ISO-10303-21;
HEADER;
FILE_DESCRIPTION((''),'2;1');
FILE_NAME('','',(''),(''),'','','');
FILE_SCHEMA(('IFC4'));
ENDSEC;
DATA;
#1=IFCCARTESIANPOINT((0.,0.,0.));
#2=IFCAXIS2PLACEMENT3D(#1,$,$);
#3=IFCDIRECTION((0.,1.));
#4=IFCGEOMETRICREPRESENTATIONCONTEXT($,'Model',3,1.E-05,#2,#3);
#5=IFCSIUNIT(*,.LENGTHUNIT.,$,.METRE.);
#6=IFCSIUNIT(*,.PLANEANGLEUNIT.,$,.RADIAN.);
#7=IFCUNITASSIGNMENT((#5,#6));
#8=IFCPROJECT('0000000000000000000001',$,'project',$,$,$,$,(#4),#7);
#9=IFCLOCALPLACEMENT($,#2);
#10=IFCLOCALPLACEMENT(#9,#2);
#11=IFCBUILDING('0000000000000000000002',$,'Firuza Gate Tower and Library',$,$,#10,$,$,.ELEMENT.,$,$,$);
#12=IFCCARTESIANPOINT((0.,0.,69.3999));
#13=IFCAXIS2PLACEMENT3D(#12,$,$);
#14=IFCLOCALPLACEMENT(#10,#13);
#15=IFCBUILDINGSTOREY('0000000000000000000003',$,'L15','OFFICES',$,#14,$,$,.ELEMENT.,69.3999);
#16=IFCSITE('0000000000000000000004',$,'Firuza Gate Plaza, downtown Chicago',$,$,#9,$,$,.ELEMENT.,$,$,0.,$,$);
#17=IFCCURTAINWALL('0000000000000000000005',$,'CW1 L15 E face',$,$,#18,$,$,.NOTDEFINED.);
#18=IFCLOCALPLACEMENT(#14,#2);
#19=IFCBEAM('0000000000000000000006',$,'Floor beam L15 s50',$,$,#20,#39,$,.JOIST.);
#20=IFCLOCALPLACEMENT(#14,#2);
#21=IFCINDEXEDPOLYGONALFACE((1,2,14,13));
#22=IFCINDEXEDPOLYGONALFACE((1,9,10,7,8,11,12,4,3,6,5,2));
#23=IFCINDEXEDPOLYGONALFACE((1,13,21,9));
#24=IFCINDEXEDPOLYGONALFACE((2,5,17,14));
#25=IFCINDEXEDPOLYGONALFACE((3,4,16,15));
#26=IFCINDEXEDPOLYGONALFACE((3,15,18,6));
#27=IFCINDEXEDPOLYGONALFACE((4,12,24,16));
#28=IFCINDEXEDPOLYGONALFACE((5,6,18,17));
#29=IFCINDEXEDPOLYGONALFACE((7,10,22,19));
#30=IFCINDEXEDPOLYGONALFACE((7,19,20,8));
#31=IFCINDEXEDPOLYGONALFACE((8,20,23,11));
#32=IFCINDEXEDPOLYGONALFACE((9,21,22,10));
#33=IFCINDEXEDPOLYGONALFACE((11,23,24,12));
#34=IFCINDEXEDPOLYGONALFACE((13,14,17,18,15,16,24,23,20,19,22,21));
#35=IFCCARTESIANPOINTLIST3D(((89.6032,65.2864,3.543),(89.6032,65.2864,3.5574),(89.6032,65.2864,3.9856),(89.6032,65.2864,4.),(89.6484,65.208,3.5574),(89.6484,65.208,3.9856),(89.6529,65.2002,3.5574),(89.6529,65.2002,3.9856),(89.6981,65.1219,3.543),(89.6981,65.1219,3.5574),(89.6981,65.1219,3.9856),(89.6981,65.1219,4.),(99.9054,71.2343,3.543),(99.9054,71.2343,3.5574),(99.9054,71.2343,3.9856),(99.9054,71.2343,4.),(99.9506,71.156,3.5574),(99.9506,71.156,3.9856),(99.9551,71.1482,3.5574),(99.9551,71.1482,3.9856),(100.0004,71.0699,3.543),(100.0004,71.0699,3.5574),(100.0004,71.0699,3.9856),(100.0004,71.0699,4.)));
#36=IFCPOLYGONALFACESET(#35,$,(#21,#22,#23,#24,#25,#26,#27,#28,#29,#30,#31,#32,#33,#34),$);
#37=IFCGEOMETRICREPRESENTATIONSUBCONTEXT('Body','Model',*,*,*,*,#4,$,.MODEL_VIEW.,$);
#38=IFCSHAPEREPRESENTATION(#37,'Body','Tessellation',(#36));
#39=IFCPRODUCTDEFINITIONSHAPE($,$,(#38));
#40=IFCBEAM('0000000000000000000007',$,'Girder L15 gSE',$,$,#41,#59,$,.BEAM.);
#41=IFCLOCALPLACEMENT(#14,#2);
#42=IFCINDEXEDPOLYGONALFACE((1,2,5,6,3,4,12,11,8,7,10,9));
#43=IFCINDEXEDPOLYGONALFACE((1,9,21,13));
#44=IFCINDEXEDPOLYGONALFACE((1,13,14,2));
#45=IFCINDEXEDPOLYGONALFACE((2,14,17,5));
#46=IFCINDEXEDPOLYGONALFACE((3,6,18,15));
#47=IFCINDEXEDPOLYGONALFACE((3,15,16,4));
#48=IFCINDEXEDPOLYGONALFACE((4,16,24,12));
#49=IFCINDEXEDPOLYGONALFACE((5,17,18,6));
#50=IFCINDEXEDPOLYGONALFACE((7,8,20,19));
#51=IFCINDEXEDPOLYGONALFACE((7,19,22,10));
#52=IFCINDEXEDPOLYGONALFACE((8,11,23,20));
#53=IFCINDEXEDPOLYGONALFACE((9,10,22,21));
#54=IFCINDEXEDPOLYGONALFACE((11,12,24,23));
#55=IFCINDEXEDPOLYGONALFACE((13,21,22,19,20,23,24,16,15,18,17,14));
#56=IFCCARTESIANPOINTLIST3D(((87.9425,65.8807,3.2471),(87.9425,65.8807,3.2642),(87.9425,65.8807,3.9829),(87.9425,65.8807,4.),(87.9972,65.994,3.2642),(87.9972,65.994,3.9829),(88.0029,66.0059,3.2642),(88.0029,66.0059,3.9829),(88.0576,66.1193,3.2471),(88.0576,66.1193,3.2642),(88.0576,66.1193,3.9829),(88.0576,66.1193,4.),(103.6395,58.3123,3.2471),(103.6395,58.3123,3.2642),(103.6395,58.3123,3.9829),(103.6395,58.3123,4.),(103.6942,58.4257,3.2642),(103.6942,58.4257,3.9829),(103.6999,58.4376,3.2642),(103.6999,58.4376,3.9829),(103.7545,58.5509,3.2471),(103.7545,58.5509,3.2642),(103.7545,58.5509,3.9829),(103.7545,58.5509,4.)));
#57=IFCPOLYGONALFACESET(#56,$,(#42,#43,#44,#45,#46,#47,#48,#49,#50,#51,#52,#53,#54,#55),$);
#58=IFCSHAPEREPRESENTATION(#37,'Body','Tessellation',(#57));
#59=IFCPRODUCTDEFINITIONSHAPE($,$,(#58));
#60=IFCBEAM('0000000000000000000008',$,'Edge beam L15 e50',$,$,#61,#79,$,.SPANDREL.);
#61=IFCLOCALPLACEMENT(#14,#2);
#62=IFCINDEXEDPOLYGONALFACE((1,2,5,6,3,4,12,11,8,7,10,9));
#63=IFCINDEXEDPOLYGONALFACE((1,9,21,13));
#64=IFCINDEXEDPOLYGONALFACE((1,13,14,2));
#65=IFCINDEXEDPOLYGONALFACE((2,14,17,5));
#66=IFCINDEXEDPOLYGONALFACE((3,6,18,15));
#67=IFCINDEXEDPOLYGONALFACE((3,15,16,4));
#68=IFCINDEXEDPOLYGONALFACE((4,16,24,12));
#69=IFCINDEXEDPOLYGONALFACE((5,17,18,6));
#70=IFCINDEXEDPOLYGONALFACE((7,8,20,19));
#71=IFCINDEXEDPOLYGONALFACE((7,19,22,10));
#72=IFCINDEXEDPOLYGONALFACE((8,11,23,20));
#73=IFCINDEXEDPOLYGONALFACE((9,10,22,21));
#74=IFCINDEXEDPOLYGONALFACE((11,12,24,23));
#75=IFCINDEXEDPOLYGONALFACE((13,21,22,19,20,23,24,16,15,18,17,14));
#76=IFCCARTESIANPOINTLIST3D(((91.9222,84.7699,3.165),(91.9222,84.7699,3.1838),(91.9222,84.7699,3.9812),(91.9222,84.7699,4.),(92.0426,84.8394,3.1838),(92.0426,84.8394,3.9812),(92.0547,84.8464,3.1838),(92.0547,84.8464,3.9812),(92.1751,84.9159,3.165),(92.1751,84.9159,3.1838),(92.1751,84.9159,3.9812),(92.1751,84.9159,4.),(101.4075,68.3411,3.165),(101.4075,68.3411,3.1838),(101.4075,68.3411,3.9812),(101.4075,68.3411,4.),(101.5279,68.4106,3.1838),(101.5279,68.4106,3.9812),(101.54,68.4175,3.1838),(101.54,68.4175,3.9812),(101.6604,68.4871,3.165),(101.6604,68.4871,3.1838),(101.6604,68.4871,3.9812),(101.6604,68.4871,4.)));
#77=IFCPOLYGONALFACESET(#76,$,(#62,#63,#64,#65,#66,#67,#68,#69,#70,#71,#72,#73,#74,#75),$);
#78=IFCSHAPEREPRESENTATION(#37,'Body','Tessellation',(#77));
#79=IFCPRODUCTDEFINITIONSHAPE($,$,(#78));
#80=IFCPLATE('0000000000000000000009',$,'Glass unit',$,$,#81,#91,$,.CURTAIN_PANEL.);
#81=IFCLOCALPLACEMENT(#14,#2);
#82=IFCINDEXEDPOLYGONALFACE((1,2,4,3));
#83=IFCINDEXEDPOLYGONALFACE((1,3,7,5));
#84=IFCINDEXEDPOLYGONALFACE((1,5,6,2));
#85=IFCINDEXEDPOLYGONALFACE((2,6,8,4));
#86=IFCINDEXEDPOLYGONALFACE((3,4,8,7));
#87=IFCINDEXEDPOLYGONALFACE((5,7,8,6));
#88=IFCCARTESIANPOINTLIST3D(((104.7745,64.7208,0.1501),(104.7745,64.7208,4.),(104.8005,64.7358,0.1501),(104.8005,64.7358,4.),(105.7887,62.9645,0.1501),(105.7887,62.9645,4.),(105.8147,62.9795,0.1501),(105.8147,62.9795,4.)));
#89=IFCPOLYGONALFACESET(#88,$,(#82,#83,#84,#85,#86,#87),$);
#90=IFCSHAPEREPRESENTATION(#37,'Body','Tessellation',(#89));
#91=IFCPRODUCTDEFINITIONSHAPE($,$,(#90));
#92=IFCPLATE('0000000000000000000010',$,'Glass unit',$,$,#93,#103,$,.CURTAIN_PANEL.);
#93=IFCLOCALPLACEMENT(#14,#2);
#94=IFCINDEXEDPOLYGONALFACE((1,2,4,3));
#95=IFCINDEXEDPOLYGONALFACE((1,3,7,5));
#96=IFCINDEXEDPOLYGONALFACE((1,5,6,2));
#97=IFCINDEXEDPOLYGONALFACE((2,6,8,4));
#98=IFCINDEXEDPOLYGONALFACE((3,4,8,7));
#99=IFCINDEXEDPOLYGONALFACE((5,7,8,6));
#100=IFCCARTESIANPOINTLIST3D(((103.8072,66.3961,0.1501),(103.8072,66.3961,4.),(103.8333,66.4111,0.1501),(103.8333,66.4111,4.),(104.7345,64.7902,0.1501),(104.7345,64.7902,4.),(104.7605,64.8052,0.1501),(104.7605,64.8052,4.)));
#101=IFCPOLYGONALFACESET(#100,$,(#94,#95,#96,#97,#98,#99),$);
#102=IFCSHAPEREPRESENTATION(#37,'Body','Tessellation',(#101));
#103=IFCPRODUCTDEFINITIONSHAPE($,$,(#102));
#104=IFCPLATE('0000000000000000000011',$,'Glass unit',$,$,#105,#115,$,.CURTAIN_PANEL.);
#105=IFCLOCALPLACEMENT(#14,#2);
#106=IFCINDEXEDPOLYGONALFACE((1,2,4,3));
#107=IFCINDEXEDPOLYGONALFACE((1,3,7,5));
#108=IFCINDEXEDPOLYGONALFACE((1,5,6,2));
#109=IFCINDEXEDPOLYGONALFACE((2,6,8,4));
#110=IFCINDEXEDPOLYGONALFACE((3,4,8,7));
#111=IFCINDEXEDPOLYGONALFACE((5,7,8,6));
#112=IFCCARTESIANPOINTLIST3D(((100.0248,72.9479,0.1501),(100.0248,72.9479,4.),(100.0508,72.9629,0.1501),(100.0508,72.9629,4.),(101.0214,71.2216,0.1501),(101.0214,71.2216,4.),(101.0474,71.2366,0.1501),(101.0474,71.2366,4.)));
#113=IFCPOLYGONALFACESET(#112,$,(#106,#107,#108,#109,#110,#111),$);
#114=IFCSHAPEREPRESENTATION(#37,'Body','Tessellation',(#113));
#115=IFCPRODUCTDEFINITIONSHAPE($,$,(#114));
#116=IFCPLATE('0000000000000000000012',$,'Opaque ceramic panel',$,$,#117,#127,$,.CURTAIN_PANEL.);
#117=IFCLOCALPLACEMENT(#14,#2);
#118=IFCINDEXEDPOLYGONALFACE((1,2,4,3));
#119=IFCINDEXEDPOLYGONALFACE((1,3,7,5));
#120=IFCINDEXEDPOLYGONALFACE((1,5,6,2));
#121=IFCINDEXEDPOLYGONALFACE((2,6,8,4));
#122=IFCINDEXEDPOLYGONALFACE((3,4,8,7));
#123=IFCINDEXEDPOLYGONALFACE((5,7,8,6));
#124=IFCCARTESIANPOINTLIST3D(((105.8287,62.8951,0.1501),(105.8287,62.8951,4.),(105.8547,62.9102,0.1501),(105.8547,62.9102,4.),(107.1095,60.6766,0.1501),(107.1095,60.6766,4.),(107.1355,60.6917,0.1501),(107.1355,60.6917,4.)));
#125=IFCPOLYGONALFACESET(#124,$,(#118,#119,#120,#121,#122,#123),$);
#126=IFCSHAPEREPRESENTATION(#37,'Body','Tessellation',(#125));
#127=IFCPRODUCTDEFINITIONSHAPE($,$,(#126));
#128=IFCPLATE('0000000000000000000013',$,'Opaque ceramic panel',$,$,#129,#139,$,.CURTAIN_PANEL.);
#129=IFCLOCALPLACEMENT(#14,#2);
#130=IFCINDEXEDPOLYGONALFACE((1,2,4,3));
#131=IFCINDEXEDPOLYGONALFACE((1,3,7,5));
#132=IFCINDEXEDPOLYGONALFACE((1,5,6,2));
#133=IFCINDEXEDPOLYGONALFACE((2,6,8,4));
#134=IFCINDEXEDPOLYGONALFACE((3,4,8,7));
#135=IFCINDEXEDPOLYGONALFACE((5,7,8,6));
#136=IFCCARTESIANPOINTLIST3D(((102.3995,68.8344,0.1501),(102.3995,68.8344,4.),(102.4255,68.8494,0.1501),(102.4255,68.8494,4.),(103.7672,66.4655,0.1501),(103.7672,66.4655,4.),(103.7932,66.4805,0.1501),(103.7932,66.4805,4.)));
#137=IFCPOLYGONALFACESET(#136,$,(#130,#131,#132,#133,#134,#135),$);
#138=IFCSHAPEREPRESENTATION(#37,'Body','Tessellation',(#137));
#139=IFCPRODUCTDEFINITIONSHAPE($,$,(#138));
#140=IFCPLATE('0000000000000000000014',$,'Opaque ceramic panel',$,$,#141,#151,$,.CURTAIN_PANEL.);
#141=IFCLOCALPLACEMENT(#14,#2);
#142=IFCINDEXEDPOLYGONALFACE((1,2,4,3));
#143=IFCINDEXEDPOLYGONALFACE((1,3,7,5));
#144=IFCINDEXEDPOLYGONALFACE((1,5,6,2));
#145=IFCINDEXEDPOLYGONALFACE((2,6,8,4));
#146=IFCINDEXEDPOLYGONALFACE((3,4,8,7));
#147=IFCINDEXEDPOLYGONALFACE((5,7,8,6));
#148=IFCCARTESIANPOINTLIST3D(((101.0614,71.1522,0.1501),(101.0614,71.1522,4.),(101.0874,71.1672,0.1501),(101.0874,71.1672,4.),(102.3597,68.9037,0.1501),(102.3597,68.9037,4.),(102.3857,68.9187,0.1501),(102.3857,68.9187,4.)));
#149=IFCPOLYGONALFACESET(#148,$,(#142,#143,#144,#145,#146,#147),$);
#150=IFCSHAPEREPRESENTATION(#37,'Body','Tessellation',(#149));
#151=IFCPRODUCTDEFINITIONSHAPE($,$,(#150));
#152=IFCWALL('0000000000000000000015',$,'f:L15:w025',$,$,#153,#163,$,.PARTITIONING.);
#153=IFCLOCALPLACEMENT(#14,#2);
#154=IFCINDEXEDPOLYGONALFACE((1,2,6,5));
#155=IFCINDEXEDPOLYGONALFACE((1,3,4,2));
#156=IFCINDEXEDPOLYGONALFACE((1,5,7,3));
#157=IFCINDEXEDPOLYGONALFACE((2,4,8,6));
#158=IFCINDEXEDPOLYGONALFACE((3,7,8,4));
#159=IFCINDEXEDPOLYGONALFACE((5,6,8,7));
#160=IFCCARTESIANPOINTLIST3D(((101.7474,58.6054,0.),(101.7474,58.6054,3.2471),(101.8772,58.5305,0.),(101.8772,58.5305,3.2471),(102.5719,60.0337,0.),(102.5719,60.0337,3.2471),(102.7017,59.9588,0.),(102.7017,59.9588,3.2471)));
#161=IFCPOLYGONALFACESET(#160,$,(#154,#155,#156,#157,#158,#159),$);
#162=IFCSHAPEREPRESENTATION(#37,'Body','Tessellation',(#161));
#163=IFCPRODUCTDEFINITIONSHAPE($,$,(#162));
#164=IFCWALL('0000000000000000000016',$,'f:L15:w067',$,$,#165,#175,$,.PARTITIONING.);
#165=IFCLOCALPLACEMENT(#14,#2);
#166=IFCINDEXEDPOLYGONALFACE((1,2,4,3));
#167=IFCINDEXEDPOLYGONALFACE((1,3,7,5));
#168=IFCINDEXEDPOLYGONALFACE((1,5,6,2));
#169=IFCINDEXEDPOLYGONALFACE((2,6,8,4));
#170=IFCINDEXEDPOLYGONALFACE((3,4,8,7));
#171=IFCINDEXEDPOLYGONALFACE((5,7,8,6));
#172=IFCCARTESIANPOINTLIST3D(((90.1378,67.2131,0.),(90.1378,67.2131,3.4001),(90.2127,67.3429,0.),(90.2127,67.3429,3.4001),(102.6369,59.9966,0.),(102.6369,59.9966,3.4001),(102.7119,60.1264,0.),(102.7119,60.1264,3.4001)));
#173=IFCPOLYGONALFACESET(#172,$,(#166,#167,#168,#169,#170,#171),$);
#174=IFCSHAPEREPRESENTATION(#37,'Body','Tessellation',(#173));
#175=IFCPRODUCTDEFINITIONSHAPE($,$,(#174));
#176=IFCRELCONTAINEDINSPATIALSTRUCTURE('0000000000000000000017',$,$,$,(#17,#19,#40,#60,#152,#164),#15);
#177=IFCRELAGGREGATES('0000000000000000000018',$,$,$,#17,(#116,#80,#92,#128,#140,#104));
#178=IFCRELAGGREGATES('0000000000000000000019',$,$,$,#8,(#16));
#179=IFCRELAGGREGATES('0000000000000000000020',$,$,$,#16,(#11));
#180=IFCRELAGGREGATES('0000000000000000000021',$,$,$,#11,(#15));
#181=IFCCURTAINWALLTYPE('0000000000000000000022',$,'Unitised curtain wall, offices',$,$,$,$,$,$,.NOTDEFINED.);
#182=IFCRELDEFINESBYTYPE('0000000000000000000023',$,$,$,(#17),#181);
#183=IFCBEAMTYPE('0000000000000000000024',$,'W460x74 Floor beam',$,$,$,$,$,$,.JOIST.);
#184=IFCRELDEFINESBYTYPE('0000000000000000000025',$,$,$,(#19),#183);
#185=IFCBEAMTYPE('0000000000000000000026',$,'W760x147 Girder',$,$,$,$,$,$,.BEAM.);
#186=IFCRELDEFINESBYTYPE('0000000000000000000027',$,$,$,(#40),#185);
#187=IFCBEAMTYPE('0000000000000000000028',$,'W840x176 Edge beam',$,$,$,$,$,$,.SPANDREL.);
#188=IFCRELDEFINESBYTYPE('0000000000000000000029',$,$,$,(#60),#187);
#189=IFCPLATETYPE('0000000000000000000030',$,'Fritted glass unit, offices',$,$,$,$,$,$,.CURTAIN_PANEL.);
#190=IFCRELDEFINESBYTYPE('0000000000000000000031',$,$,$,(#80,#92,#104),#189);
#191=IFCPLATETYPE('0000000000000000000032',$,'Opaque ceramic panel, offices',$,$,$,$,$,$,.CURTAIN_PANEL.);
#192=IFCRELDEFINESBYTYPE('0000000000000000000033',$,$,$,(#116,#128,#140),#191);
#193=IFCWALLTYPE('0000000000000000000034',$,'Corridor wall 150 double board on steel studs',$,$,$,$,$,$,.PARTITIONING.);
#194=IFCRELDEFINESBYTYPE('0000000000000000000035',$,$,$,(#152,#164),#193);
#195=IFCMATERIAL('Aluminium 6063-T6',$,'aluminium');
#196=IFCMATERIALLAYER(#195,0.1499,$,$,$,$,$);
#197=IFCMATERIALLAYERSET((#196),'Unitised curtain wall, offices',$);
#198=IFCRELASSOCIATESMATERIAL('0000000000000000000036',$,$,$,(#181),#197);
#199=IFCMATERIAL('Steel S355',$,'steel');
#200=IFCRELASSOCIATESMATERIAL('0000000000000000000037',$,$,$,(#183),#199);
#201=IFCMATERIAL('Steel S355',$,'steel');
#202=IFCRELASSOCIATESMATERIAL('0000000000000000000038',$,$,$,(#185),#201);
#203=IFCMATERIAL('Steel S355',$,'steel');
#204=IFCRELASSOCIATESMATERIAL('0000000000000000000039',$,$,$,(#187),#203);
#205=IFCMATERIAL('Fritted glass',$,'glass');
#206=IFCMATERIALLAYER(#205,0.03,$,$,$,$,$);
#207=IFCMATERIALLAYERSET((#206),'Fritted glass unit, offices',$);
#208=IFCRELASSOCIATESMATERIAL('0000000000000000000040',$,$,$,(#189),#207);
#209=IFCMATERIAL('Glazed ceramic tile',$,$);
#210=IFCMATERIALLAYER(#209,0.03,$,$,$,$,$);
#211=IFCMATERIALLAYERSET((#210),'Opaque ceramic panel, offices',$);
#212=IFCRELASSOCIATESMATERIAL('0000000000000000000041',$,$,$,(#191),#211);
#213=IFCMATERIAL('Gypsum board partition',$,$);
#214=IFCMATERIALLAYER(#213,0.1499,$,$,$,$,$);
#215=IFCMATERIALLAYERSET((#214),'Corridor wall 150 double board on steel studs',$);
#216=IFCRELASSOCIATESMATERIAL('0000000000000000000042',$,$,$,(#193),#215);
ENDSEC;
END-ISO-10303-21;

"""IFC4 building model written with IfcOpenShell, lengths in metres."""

from ifc_helpers import new_model, si_unit, direction, frame, frame_2d, origin, origin_2d, place, context, subcontext, project, spatial, polyline, rectangle, i_section, outline, extrude, material, layer, layer_set, material_profile, profile_set, type_object, element, aggregate, save


model = new_model("IFC4")

# Units and contexts
model_context = context("Model", 3, precision=1e-05, world=origin(), true_north=direction((0.0, 1.0)))
body_context = subcontext(model_context, "Body", "Model", "MODEL_VIEW")
ifc_project = project(units=[si_unit("LENGTHUNIT", "METRE"), si_unit("PLANEANGLEUNIT", "RADIAN")], contexts=[model_context])

# Site, building, storey
site_placement = place(None, origin())
site = spatial("IfcSite", under=ifc_project, at=site_placement, Name="Firuza Gate Plaza, downtown Chicago", CompositionType="ELEMENT", RefElevation=0.0)
building_placement = place(site_placement, origin())
building = spatial("IfcBuilding", under=site, at=building_placement, Name="Firuza Gate Tower and Library", CompositionType="ELEMENT")
storey_placement = place(building_placement, frame((0.0, 0.0, 69.3999)))
storey = spatial("IfcBuildingStorey", under=building, at=storey_placement, Name="L15", Description="OFFICES", CompositionType="ELEMENT", Elevation=69.3999)

# Curtain wall
ifc_material_1 = material(Name="Aluminium 6063-T6", Category="aluminium")
ifc_layer_1 = layer(ifc_material_1, 0.1499)
ifc_layer_set_1 = layer_set([ifc_layer_1], Name="Unitised curtain wall, offices")
curtain_wall_type_1 = type_object("IfcCurtainWallType", Name="Unitised curtain wall, offices", PredefinedType="NOTDEFINED", material=ifc_layer_set_1)
placement = place(storey_placement, origin())
curtain_wall_1 = element("IfcCurtainWall", 1, at=placement, inside=storey, type_object=curtain_wall_type_1, Name="CW1 L15 E face", PredefinedType="NOTDEFINED")

# Beams
ifc_material_2 = material(Name="Steel S355", Category="steel")
ifc_material_profile_1 = material_profile(ifc_material_2, i_section(OverallWidth=0.1899, OverallDepth=0.457, WebThickness=0.009, FlangeThickness=0.0144, at=origin_2d()))
ifc_profile_set_1 = profile_set([ifc_material_profile_1], Name="Steel S355")
beam_type_1 = type_object("IfcBeamType", Name="W460x74 Floor beam", PredefinedType="JOIST", material=ifc_profile_set_1)
beam_1_placement = place(storey_placement, frame((99.9529, 71.1521, 3.7715), z_axis=(-0.866026, -0.5, 0.0), x_axis=(0.5, -0.866026, 0.0)))
element("IfcBeam", 2, at=beam_1_placement, inside=storey, type_object=beam_type_1, Name="Floor beam L15 s50", PredefinedType="JOIST", context=body_context, shape_type="SweptSolid", body=[
    extrude(i_section(OverallWidth=0.1899, OverallDepth=0.457, WebThickness=0.009, FlangeThickness=0.0144, at=origin_2d()), origin(), (0.0, 0.0, 1.0), 11.896),
])
ifc_material_3 = material(Name="Steel S355", Category="steel")
ifc_material_profile_2 = material_profile(ifc_material_3, i_section(OverallWidth=0.2649, OverallDepth=0.7529, WebThickness=0.0132, FlangeThickness=0.0171, at=origin_2d()))
ifc_profile_set_2 = profile_set([ifc_material_profile_2], Name="Steel S355")
beam_type_2 = type_object("IfcBeamType", Name="W760x147 Girder", PredefinedType="BEAM", material=ifc_profile_set_2)
beam_2_placement = place(storey_placement, frame((103.697, 58.4316, 3.6235), z_axis=(-0.900765, 0.434306, 0.0), x_axis=(-0.434306, -0.900765, 0.0)))
element("IfcBeam", 3, at=beam_2_placement, inside=storey, type_object=beam_type_2, Name="Girder L15 gSE", PredefinedType="BEAM", context=body_context, shape_type="SweptSolid", body=[
    extrude(i_section(OverallWidth=0.2649, OverallDepth=0.7529, WebThickness=0.0132, FlangeThickness=0.0171, at=origin_2d()), origin(), (0.0, 0.0, 1.0), 17.4263),
])
ifc_material_4 = material(Name="Steel S355", Category="steel")
ifc_material_profile_3 = material_profile(ifc_material_4, i_section(OverallWidth=0.292, OverallDepth=0.835, WebThickness=0.0139, FlangeThickness=0.0188, at=origin_2d()))
ifc_profile_set_3 = profile_set([ifc_material_profile_3], Name="Steel S355")
beam_type_3 = type_object("IfcBeamType", Name="W840x176 Edge beam", PredefinedType="SPANDREL", material=ifc_profile_set_3)
beam_3_placement = place(storey_placement, frame((101.5339, 68.4141, 3.5825), z_axis=(-0.500004, 0.866023, 0.0), x_axis=(-0.866023, -0.500004, 0.0)))
element("IfcBeam", 4, at=beam_3_placement, inside=storey, type_object=beam_type_3, Name="Edge beam L15 e50", PredefinedType="SPANDREL", context=body_context, shape_type="SweptSolid", body=[
    extrude(i_section(OverallWidth=0.292, OverallDepth=0.835, WebThickness=0.0139, FlangeThickness=0.0188, at=origin_2d()), origin(), (0.0, 0.0, 1.0), 18.9705),
])

# Plates
ifc_material_5 = material(Name="Fritted glass", Category="glass")
ifc_layer_2 = layer(ifc_material_5, 0.03)
ifc_layer_set_2 = layer_set([ifc_layer_2], Name="Fritted glass unit, offices")
plate_type_1 = type_object("IfcPlateType", Name="Fritted glass unit, offices", PredefinedType="CURTAIN_PANEL", material=ifc_layer_set_2)
plate_1_placement = place(storey_placement, frame((105.8147, 62.9795, 0.1501), z_axis=(0.865997, 0.500049, 0.0), x_axis=(-0.500049, 0.865997, 0.0)))
plate_1 = element("IfcPlate", 5, at=plate_1_placement, type_object=plate_type_1, Name="Glass unit", PredefinedType="CURTAIN_PANEL", context=body_context, shape_type="SweptSolid", body=[
    extrude(outline(polyline([(0.0, 0.0), (2.0281, 0.0), (2.0281, 3.8499), (0.0, 3.8499), (0.0, 0.0)])), origin(), (0.0, 0.0, -1.0), 0.03),
])
plate_2_placement = place(storey_placement, frame((104.7605, 64.8052, 0.1501), z_axis=(0.866015, 0.500019, 0.0), x_axis=(-0.500019, 0.866015, 0.0)))
plate_2 = element("IfcPlate", 6, at=plate_2_placement, type_object=plate_type_1, Name="Glass unit", PredefinedType="CURTAIN_PANEL", context=body_context, shape_type="SweptSolid", body=[
    extrude(outline(polyline([(0.0, 0.0), (1.8544, 0.0), (1.8544, 3.8499), (0.0, 3.8499), (0.0, 0.0)])), origin(), (0.0, 0.0, -1.0), 0.03),
])
plate_3_placement = place(storey_placement, frame((101.0474, 71.2366, 0.1501), z_axis=(0.866049, 0.499959, 0.0), x_axis=(-0.499959, 0.866049, 0.0)))
plate_3 = element("IfcPlate", 7, at=plate_3_placement, type_object=plate_type_1, Name="Glass unit", PredefinedType="CURTAIN_PANEL", context=body_context, shape_type="SweptSolid", body=[
    extrude(outline(polyline([(0.0, 0.0), (1.9933, 0.0), (1.9933, 3.8499), (0.0, 3.8499), (0.0, 0.0)])), origin(), (0.0, 0.0, -1.0), 0.03),
])
ifc_material_6 = material(Name="Glazed ceramic tile")
ifc_layer_3 = layer(ifc_material_6, 0.03)
ifc_layer_set_3 = layer_set([ifc_layer_3], Name="Opaque ceramic panel, offices")
plate_type_2 = type_object("IfcPlateType", Name="Opaque ceramic panel, offices", PredefinedType="CURTAIN_PANEL", material=ifc_layer_set_3)
plate_4_placement = place(storey_placement, frame((107.1355, 60.6917, 0.1501), z_axis=(0.866041, 0.499973, 0.0), x_axis=(-0.499973, 0.866041, 0.0)))
plate_4 = element("IfcPlate", 8, at=plate_4_placement, type_object=plate_type_2, Name="Opaque ceramic panel", PredefinedType="CURTAIN_PANEL", context=body_context, shape_type="SweptSolid", body=[
    extrude(outline(polyline([(0.0, 0.0), (2.5617, 0.0), (2.5617, 3.8499), (0.0, 3.8499), (0.0, 0.0)])), origin(), (0.0, 0.0, -1.0), 0.03),
])
plate_5_placement = place(storey_placement, frame((103.7932, 66.4805, 0.1501), z_axis=(0.866027, 0.499998, 0.0), x_axis=(-0.499998, 0.866027, 0.0)))
plate_5 = element("IfcPlate", 9, at=plate_5_placement, type_object=plate_type_2, Name="Opaque ceramic panel", PredefinedType="CURTAIN_PANEL", context=body_context, shape_type="SweptSolid", body=[
    extrude(outline(polyline([(0.0, 0.0), (2.7354, 0.0), (2.7354, 3.8499), (0.0, 3.8499), (0.0, 0.0)])), origin(), (0.0, 0.0, -1.0), 0.03),
])
plate_6_placement = place(storey_placement, frame((102.3857, 68.9187, 0.1501), z_axis=(0.866001, 0.500043, 0.0), x_axis=(-0.500043, 0.866001, 0.0)))
plate_6 = element("IfcPlate", 10, at=plate_6_placement, type_object=plate_type_2, Name="Opaque ceramic panel", PredefinedType="CURTAIN_PANEL", context=body_context, shape_type="SweptSolid", body=[
    extrude(outline(polyline([(0.0, 0.0), (2.5965, 0.0), (2.5965, 3.8499), (0.0, 3.8499), (0.0, 0.0)])), origin(), (0.0, 0.0, -1.0), 0.03),
])
aggregate(curtain_wall_1, [plate_4, plate_1, plate_2, plate_5, plate_6, plate_3])

# Walls
ifc_material_7 = material(Name="Gypsum board partition")
ifc_layer_4 = layer(ifc_material_7, 0.1499)
ifc_layer_set_4 = layer_set([ifc_layer_4], Name="Corridor wall 150 double board on steel studs")
wall_type_1 = type_object("IfcWallType", Name="Corridor wall 150 double board on steel studs", PredefinedType="PARTITIONING", material=ifc_layer_set_4)
wall_1_placement = place(storey_placement, frame((101.8123, 58.5679, 0.0), z_axis=(0.0, 0.0, 1.0), x_axis=(0.499945, 0.866057, 0.0)))
element("IfcWall", 11, at=wall_1_placement, inside=storey, type_object=wall_type_1, Name="f:L15:w025", PredefinedType="PARTITIONING", context=body_context, shape_type="SweptSolid", body=[
    extrude(rectangle(XDim=1.6492, YDim=0.1499, at=frame_2d((0.8247, 0.0))), origin(), (0.0, 0.0, 1.0), 3.2471),
])
wall_2_placement = place(storey_placement, frame((102.6743, 60.0615, 0.0), z_axis=(0.0, 0.0, 1.0), x_axis=(-0.866022, 0.500005, 0.0)))
element("IfcWall", 12, at=wall_2_placement, inside=storey, type_object=wall_type_1, Name="f:L15:w067", PredefinedType="PARTITIONING", context=body_context, shape_type="SweptSolid", body=[
    extrude(rectangle(XDim=14.4329, YDim=0.1499, at=frame_2d((7.2163, 0.0))), origin(), (0.0, 0.0, 1.0), 3.4001),
])

save(model, "model.ifc")
